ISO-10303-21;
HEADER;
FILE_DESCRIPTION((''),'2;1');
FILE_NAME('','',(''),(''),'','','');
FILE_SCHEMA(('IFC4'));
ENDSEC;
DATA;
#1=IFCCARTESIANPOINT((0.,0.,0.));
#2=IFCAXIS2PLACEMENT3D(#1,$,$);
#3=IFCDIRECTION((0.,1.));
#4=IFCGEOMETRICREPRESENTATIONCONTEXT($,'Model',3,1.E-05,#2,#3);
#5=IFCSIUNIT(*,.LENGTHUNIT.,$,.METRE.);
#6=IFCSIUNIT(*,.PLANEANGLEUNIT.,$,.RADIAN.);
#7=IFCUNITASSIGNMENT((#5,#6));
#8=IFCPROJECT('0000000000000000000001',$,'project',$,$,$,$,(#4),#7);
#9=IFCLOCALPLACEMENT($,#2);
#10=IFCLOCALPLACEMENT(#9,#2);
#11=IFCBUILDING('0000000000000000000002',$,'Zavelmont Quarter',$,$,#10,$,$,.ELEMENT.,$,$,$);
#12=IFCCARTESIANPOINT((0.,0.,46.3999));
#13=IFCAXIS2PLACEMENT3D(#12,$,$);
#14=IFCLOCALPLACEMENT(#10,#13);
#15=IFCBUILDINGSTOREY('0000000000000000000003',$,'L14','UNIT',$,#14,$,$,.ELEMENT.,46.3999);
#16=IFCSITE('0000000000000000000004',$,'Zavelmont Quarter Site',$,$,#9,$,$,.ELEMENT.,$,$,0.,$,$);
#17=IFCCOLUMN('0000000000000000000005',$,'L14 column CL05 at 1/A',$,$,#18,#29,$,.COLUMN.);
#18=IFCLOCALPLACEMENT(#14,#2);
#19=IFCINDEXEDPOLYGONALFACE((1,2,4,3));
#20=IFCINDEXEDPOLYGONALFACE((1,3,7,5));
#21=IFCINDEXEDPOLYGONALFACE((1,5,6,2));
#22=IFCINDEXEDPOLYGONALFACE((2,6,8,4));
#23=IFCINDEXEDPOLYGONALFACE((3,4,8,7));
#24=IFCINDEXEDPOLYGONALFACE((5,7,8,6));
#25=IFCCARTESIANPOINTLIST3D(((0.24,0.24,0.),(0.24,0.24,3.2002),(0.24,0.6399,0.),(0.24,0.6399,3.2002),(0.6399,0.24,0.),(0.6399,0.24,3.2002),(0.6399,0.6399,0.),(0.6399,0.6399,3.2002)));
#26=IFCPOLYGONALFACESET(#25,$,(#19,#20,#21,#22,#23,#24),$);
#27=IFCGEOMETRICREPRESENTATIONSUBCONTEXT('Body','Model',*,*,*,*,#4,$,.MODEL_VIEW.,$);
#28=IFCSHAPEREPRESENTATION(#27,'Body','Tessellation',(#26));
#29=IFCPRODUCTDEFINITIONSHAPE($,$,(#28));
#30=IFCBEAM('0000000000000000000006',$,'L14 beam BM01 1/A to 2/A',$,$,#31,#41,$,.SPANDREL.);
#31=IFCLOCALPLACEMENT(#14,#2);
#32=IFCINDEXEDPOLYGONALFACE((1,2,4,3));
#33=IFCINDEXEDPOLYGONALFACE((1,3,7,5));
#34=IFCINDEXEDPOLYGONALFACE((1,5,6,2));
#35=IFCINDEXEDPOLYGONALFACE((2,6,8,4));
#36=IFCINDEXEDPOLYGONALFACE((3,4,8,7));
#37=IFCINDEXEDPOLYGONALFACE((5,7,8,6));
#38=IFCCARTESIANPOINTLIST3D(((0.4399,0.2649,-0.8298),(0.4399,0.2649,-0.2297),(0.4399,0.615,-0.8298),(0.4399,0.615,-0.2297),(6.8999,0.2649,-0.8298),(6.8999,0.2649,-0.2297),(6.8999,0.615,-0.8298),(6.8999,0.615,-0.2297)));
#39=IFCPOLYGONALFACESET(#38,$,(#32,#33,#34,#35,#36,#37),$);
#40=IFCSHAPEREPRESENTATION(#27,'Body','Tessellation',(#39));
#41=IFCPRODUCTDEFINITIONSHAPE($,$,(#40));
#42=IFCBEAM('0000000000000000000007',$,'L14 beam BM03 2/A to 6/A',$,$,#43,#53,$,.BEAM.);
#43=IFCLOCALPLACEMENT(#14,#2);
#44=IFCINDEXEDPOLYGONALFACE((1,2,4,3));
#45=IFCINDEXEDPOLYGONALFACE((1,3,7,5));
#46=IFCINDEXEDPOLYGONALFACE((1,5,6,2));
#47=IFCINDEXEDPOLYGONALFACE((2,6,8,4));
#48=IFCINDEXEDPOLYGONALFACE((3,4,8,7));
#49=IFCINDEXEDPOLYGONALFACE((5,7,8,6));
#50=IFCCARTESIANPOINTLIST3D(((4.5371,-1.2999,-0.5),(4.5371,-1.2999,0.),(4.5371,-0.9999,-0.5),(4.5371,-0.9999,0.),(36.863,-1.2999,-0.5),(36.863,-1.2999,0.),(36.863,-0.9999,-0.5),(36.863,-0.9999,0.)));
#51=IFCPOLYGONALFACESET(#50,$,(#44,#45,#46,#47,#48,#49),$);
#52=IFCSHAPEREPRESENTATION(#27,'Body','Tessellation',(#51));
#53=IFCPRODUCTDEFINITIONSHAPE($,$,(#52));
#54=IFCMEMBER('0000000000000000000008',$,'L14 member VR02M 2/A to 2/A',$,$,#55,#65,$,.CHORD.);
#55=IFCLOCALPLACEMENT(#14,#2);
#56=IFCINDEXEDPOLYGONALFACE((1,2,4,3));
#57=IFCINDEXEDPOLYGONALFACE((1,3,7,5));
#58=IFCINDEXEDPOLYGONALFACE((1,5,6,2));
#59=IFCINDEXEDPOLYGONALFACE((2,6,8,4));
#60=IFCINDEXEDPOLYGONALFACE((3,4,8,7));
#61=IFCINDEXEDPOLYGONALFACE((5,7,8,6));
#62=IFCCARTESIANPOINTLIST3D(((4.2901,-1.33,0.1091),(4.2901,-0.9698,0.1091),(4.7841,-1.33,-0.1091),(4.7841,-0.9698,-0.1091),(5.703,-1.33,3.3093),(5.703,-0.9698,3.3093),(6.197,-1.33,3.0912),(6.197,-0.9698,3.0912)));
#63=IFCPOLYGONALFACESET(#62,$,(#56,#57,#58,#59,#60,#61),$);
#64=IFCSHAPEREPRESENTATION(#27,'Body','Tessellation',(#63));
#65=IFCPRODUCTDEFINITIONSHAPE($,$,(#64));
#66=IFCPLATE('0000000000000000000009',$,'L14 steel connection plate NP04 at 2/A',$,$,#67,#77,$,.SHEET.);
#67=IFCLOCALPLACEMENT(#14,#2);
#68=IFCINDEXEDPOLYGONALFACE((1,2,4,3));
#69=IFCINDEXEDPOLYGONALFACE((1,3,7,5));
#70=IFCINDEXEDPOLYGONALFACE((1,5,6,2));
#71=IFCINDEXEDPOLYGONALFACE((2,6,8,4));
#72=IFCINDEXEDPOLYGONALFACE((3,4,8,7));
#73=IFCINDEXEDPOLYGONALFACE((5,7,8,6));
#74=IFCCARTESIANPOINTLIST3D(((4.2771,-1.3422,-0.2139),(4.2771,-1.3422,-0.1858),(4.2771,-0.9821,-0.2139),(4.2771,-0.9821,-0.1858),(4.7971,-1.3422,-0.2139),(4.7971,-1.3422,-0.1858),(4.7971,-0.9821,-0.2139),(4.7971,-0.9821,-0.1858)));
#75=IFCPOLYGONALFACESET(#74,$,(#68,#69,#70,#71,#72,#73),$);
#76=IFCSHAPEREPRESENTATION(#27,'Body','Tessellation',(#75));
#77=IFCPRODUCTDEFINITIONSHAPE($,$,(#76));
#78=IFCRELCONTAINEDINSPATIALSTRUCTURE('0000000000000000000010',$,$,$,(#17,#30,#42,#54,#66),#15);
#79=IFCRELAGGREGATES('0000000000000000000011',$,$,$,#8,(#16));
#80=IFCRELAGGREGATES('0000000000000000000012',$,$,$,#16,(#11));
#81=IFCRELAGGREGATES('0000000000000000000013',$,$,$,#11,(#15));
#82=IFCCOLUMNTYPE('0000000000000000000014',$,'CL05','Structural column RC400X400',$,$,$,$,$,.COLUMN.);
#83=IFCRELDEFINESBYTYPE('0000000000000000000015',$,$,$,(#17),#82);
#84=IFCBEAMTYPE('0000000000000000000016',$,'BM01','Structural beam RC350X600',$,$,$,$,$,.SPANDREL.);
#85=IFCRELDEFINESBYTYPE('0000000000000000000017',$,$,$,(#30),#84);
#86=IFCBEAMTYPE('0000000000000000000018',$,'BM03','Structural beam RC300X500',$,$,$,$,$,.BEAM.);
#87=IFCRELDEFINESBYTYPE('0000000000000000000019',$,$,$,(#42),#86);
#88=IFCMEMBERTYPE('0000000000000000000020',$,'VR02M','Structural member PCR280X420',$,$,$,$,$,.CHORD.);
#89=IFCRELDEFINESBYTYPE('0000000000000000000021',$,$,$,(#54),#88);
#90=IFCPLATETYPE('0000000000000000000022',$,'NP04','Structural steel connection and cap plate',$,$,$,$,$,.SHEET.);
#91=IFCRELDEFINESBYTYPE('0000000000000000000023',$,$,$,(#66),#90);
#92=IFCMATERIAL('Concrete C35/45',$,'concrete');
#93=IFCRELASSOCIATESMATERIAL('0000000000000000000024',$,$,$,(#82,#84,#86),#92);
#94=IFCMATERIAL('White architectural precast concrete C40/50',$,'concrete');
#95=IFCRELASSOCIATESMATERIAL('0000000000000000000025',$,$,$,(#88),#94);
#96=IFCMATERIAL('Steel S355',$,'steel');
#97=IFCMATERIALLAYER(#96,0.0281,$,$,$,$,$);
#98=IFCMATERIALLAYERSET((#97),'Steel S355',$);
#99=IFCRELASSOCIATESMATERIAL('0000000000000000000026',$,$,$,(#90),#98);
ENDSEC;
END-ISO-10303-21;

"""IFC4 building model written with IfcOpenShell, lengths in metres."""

from ifc_helpers import new_model, si_unit, direction, frame, origin, origin_2d, place, context, subcontext, project, spatial, rectangle, extrude, material, layer, layer_set, material_profile, profile_set, type_object, element, save


model = new_model("IFC4")

# Units and contexts
model_context = context("Model", 3, precision=1e-05, world=origin(), true_north=direction((0.0, 1.0)))
body_context = subcontext(model_context, "Body", "Model", "MODEL_VIEW")
ifc_project = project(units=[si_unit("LENGTHUNIT", "METRE"), si_unit("PLANEANGLEUNIT", "RADIAN")], contexts=[model_context])

# Site, building, storey
site_placement = place(None, origin())
site = spatial("IfcSite", under=ifc_project, at=site_placement, Name="Zavelmont Quarter Site", CompositionType="ELEMENT", RefElevation=0.0)
building_placement = place(site_placement, origin())
building = spatial("IfcBuilding", under=site, at=building_placement, Name="Zavelmont Quarter", CompositionType="ELEMENT")
storey_placement = place(building_placement, frame((0.0, 0.0, 46.3999)))
storey = spatial("IfcBuildingStorey", under=building, at=storey_placement, Name="L14", Description="UNIT", CompositionType="ELEMENT", Elevation=46.3999)

# Column
ifc_material_1 = material(Name="Concrete C35/45", Category="concrete")
ifc_material_profile_1 = material_profile(ifc_material_1, rectangle(XDim=0.3999, YDim=0.3999, at=origin_2d()), Name="RC400X400")
ifc_profile_set_1 = profile_set([ifc_material_profile_1], Name="Concrete C35/45")
column_type = type_object("IfcColumnType", Name="CL05", Description="Structural column RC400X400", PredefinedType="COLUMN", material=ifc_profile_set_1)
column_placement = place(storey_placement, frame((0.4399, 0.4399, 0.0), z_axis=(0.0, 0.0, 1.0), x_axis=(1.0, 0.0, 0.0)))
element("IfcColumn", 1, at=column_placement, inside=storey, type_object=column_type, Name="L14 column CL05 at 1/A", PredefinedType="COLUMN", context=body_context, shape_type="SweptSolid", body=[
    extrude(rectangle(XDim=0.3999, YDim=0.3999, at=origin_2d()), origin(), (0.0, 0.0, 1.0), 3.2002),
])

# Beams
ifc_material_profile_2 = material_profile(ifc_material_1, rectangle(XDim=0.3501, YDim=0.6001, at=origin_2d()), Name="RC350X600")
ifc_profile_set_2 = profile_set([ifc_material_profile_2], Name="Concrete C35/45")
beam_type_1 = type_object("IfcBeamType", Name="BM01", Description="Structural beam RC350X600", PredefinedType="SPANDREL", material=ifc_profile_set_2)
beam_1_placement = place(storey_placement, frame((0.4399, 0.4399, -0.5298), z_axis=(1.0, 0.0, 0.0), x_axis=(0.0, 1.0, 0.0)))
element("IfcBeam", 2, at=beam_1_placement, inside=storey, type_object=beam_type_1, Name="L14 beam BM01 1/A to 2/A", PredefinedType="SPANDREL", context=body_context, shape_type="SweptSolid", body=[
    extrude(rectangle(XDim=0.3501, YDim=0.6001, at=origin_2d()), origin(), (0.0, 0.0, 1.0), 6.46),
])
ifc_material_profile_3 = material_profile(ifc_material_1, rectangle(XDim=0.3, YDim=0.5, at=origin_2d()), Name="RC300X500")
ifc_profile_set_3 = profile_set([ifc_material_profile_3], Name="Concrete C35/45")
beam_type_2 = type_object("IfcBeamType", Name="BM03", Description="Structural beam RC300X500", PredefinedType="BEAM", material=ifc_profile_set_3)
beam_2_placement = place(storey_placement, frame((4.5371, -1.1499, -0.25), z_axis=(1.0, 0.0, 0.0), x_axis=(0.0, 1.0, 0.0)))
element("IfcBeam", 3, at=beam_2_placement, inside=storey, type_object=beam_type_2, Name="L14 beam BM03 2/A to 6/A", PredefinedType="BEAM", context=body_context, shape_type="SweptSolid", body=[
    extrude(rectangle(XDim=0.3, YDim=0.5, at=origin_2d()), origin(), (0.0, 0.0, 1.0), 32.3259),
])

# Member
ifc_material_2 = material(Name="White architectural precast concrete C40/50", Category="concrete")
ifc_material_profile_4 = material_profile(ifc_material_2, rectangle(XDim=0.3601, YDim=0.54, at=origin_2d()), Name="PCR280X420")
ifc_profile_set_4 = profile_set([ifc_material_profile_4], Name="White architectural precast concrete C40/50")
member_type = type_object("IfcMemberType", Name="VR02M", Description="Structural member PCR280X420", PredefinedType="CHORD", material=ifc_profile_set_4)
member_placement = place(storey_placement, frame((4.5371, -1.1499, 0.0), z_axis=(0.403877, 0.0, 0.914813), x_axis=(0.0, 1.0, 0.0)))
element("IfcMember", 4, at=member_placement, inside=storey, type_object=member_type, Name="L14 member VR02M 2/A to 2/A", PredefinedType="CHORD", context=body_context, shape_type="SweptSolid", body=[
    extrude(rectangle(XDim=0.3601, YDim=0.54, at=origin_2d()), origin(), (0.0, 0.0, 1.0), 3.4983),
])

# Plate
ifc_material_3 = material(Name="Steel S355", Category="steel")
ifc_layer_1 = layer(ifc_material_3, 0.0281)
ifc_layer_set_1 = layer_set([ifc_layer_1], Name="Steel S355")
plate_type = type_object("IfcPlateType", Name="NP04", Description="Structural steel connection and cap plate", PredefinedType="SHEET", material=ifc_layer_set_1)
plate_placement = place(storey_placement, frame((4.5371, -1.1621, -0.2139), z_axis=(0.0, 0.0, 1.0), x_axis=(1.0, 0.0, 0.0)))
element("IfcPlate", 5, at=plate_placement, inside=storey, type_object=plate_type, Name="L14 steel connection plate NP04 at 2/A", PredefinedType="SHEET", context=body_context, shape_type="SweptSolid", body=[
    extrude(rectangle(XDim=0.52, YDim=0.3601, at=origin_2d()), origin(), (0.0, 0.0, 1.0), 0.0281),
])

save(model, "model.ifc")
